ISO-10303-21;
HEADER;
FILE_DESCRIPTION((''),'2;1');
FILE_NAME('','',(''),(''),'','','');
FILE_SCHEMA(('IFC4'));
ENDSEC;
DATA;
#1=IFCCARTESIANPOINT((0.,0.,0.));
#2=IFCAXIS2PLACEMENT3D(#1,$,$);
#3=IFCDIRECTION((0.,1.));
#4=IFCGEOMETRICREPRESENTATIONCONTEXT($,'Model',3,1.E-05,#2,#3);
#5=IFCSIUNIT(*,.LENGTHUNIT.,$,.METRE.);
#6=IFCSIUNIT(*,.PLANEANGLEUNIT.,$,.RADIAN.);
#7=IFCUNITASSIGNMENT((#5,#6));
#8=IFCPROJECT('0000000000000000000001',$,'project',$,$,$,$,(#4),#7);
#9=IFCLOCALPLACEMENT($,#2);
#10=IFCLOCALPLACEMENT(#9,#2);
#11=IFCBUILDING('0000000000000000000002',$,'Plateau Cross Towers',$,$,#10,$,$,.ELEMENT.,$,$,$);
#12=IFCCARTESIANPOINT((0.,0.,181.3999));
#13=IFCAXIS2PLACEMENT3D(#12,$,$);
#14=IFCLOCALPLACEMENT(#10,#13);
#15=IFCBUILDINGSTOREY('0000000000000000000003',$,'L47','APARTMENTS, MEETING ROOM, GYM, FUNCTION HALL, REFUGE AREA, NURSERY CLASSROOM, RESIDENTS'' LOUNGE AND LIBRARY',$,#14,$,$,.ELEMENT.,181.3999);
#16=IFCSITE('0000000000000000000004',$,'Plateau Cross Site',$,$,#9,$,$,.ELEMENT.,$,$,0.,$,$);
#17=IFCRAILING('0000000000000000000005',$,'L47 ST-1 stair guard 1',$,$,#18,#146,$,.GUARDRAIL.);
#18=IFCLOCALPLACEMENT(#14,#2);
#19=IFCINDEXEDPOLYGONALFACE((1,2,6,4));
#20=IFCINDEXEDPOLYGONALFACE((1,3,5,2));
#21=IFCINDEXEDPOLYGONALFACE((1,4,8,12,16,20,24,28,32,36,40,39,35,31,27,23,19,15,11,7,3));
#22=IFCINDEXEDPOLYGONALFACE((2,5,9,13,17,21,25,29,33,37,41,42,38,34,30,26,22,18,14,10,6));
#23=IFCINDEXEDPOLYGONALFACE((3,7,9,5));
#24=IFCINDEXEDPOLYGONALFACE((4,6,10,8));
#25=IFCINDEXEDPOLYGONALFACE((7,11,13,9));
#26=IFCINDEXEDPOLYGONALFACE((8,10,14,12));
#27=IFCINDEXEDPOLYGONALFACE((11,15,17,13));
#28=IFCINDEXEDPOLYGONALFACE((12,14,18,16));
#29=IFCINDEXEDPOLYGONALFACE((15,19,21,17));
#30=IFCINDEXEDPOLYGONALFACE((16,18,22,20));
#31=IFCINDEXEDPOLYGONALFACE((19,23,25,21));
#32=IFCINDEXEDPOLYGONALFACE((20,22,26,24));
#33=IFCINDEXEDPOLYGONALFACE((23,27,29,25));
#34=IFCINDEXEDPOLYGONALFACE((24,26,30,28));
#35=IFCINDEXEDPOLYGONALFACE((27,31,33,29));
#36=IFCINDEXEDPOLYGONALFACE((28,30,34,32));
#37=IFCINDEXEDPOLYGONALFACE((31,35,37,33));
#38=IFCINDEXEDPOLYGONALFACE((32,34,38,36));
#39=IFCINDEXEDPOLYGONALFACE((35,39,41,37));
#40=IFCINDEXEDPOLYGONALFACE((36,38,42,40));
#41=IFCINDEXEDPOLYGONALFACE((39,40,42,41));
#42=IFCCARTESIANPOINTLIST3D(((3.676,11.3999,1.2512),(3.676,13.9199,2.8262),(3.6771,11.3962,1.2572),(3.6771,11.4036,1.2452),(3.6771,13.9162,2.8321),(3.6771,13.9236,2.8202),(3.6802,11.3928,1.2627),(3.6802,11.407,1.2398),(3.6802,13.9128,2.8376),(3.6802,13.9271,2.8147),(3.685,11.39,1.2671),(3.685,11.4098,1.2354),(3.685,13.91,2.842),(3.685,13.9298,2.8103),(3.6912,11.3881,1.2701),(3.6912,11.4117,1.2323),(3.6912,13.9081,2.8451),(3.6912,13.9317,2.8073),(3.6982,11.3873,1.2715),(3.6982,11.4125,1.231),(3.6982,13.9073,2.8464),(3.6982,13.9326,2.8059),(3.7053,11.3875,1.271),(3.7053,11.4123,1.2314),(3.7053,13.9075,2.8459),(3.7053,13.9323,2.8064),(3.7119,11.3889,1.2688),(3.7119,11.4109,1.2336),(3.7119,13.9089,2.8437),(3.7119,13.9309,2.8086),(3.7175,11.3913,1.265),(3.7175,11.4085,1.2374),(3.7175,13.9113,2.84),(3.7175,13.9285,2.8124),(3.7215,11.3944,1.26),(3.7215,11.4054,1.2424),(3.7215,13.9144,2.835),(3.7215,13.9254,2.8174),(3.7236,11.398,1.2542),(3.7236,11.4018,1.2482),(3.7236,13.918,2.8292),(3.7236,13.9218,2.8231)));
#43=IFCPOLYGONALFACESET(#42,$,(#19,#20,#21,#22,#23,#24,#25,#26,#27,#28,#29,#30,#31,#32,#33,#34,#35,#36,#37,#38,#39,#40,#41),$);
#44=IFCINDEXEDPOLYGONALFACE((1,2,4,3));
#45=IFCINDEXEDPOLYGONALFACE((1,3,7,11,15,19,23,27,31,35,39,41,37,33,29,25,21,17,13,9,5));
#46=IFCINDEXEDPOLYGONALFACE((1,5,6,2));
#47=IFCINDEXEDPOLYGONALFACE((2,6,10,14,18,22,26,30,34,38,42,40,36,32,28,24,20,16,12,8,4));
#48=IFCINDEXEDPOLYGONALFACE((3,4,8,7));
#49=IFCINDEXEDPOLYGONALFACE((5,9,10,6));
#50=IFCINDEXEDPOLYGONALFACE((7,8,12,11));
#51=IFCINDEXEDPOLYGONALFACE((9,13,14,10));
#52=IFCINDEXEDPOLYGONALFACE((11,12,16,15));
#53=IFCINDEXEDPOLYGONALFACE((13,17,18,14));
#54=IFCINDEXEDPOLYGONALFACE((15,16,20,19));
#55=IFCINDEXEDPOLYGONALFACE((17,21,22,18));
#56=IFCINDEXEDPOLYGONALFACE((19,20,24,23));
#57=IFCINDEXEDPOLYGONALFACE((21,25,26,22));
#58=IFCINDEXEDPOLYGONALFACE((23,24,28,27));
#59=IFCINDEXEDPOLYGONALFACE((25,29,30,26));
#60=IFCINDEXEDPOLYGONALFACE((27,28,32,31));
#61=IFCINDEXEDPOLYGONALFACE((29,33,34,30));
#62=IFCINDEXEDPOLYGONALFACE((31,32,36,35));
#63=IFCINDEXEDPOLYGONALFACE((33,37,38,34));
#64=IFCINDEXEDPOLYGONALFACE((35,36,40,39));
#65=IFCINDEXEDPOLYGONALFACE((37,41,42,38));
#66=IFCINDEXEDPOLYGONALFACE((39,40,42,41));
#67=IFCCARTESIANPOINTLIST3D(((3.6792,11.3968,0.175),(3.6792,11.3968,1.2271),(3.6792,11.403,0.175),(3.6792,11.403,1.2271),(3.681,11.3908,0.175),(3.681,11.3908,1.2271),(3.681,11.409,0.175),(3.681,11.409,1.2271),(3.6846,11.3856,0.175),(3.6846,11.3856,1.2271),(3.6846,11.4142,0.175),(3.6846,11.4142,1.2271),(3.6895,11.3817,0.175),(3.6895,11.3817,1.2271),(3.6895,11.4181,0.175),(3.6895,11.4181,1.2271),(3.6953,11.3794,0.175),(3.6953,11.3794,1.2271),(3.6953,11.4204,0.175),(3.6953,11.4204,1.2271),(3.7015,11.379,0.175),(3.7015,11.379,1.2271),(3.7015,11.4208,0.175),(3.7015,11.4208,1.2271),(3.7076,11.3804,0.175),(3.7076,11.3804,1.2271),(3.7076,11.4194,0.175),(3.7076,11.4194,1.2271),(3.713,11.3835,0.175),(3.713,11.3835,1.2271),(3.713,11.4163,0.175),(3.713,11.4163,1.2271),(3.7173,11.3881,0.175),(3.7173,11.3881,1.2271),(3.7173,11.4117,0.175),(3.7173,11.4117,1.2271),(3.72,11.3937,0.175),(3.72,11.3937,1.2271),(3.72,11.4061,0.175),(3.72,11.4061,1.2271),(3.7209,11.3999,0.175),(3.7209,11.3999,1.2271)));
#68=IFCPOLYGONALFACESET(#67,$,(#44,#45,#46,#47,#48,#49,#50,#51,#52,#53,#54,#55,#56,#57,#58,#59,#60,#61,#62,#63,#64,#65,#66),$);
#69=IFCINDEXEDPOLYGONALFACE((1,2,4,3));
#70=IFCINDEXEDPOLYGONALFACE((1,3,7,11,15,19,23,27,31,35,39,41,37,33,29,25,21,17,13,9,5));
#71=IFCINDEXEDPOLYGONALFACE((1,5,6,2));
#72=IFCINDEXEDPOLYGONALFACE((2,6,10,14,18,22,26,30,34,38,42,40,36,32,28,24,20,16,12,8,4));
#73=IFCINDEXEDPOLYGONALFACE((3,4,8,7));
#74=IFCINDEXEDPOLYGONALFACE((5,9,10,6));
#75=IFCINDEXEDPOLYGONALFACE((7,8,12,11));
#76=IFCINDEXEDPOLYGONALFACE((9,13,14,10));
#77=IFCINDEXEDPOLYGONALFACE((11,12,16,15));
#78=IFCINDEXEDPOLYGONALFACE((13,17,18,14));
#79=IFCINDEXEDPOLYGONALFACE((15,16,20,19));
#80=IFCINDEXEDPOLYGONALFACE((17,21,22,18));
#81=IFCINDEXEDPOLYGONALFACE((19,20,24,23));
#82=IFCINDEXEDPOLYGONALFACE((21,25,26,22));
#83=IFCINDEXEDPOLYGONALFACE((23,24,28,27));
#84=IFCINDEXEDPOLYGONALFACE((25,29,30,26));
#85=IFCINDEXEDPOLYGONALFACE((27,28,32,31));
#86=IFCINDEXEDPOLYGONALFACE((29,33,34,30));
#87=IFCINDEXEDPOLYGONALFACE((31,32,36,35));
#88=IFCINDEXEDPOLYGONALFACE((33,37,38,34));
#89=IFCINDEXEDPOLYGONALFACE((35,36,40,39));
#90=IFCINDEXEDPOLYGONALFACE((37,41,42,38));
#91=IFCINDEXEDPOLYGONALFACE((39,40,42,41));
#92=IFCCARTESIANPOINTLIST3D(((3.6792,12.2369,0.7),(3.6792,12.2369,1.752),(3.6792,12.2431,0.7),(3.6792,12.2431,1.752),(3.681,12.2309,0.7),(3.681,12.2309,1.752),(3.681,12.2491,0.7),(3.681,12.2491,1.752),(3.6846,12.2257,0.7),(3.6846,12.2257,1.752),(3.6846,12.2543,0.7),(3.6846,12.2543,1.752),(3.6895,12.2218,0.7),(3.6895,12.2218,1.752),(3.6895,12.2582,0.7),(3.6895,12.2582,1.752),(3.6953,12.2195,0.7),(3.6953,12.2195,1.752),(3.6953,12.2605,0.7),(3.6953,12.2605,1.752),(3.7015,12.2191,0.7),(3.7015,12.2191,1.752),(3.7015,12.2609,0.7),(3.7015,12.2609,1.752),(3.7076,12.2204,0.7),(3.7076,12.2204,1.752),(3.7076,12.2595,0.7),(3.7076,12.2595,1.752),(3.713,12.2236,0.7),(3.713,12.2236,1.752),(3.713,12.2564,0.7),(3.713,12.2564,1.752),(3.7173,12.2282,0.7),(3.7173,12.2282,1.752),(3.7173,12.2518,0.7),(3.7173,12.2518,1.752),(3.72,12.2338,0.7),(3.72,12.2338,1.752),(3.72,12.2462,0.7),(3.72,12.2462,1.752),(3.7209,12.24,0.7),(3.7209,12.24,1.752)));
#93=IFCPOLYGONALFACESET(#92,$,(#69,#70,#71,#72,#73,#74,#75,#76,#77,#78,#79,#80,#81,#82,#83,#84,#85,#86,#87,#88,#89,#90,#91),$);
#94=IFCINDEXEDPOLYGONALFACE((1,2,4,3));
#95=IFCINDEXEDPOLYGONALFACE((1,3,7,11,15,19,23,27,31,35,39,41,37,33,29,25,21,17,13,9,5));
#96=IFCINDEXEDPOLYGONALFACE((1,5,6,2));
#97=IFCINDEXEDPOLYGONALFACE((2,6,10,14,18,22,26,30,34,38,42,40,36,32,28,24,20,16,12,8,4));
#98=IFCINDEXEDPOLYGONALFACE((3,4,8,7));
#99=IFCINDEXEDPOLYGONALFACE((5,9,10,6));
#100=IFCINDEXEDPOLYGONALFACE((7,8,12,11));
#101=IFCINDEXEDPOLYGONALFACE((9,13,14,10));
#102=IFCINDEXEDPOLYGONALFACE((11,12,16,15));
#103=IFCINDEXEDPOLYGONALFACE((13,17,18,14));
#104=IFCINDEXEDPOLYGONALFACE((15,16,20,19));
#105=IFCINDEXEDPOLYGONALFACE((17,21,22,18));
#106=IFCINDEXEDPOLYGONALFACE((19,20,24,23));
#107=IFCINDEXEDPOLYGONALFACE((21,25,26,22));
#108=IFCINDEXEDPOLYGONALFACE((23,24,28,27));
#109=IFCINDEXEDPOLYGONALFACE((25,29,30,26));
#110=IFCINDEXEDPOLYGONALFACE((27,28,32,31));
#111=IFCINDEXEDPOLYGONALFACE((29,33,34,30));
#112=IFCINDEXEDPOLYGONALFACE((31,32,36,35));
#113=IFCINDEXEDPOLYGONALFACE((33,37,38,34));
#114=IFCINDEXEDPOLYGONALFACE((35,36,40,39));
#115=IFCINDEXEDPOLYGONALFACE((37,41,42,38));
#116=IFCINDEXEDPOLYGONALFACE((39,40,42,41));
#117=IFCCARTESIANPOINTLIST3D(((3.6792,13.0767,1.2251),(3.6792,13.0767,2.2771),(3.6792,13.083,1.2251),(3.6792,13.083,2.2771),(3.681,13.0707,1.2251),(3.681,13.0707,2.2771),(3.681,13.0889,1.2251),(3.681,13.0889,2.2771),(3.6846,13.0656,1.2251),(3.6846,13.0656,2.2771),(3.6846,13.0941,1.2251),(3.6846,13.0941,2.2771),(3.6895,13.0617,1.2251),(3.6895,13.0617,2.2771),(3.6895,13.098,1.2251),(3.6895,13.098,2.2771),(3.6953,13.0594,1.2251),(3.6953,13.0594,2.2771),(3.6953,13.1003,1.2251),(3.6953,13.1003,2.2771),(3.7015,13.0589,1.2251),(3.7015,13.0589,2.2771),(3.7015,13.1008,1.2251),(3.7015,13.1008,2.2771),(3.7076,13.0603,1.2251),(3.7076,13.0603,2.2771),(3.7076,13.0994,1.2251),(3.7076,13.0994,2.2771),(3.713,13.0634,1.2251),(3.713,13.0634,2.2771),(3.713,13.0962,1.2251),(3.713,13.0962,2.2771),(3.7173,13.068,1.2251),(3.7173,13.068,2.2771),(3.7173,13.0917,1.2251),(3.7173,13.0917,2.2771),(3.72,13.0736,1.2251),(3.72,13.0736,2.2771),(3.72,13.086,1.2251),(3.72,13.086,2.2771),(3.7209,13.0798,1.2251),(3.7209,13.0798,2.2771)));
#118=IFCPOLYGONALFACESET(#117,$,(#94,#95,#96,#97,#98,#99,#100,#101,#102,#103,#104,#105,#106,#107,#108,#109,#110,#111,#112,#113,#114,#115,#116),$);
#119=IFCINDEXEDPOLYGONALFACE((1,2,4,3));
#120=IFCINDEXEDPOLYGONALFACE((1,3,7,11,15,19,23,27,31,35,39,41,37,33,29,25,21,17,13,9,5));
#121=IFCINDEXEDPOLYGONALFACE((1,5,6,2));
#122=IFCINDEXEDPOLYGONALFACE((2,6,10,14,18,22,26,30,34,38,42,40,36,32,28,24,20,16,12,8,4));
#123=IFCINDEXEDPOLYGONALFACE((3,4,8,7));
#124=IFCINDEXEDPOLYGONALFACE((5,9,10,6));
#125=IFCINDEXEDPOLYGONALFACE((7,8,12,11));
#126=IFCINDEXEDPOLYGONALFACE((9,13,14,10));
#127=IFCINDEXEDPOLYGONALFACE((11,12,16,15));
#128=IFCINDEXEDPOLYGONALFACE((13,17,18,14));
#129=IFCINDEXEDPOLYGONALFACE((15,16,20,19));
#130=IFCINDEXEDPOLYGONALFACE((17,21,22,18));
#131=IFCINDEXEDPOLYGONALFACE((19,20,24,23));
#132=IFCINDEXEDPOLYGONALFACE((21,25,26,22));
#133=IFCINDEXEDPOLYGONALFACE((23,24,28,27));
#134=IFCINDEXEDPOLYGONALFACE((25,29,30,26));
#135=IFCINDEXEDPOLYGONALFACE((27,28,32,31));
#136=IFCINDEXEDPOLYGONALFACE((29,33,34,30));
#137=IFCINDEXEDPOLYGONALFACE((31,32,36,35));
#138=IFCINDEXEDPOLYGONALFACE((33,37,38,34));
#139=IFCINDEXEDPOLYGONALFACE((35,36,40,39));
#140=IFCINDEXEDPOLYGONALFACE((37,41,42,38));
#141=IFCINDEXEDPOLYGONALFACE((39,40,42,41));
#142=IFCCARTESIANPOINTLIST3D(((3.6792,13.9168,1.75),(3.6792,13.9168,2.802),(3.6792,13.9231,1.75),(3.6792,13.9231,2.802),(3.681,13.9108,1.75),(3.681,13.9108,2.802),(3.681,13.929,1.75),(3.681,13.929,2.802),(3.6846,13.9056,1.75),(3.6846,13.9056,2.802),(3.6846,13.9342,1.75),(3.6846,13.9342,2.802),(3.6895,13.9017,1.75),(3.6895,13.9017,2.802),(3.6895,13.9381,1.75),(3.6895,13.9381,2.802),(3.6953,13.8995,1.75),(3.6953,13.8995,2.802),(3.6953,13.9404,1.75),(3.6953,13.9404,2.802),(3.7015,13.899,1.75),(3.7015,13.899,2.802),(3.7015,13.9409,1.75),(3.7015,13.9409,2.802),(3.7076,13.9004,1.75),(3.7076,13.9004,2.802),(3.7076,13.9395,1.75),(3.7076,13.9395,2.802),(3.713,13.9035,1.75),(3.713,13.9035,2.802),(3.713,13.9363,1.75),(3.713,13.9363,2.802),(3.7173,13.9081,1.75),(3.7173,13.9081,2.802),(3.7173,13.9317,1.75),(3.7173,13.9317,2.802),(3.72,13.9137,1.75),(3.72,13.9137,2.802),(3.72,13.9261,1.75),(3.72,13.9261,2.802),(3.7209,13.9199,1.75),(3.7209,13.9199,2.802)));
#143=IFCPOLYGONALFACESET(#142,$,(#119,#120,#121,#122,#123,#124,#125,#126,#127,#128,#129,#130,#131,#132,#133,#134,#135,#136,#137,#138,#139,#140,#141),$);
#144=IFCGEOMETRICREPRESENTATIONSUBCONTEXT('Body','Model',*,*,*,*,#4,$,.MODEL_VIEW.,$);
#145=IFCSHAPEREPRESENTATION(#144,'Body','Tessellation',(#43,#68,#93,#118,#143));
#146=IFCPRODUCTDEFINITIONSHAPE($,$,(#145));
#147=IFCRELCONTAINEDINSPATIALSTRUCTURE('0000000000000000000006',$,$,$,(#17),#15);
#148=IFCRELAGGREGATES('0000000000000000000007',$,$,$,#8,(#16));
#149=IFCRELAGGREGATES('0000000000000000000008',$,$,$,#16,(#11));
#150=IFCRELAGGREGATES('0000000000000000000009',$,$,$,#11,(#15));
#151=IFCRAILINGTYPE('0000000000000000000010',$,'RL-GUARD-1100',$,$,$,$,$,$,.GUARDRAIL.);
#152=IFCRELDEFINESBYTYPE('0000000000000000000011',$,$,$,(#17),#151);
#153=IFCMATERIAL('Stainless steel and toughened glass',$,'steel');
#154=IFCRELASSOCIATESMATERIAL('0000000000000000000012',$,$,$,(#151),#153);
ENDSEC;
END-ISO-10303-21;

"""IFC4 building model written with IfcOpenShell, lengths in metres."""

from ifc_helpers import new_model, si_unit, direction, frame, origin, origin_2d, place, context, subcontext, project, spatial, circle, extrude, material, type_object, element, save


model = new_model("IFC4")

# Units and contexts
model_context = context("Model", 3, precision=1e-05, world=origin(), true_north=direction((0.0, 1.0)))
body_context = subcontext(model_context, "Body", "Model", "MODEL_VIEW")
ifc_project = project(units=[si_unit("LENGTHUNIT", "METRE"), si_unit("PLANEANGLEUNIT", "RADIAN")], contexts=[model_context])

# Site, building, storey
site_placement = place(None, origin())
site = spatial("IfcSite", under=ifc_project, at=site_placement, Name="Plateau Cross Site", CompositionType="ELEMENT", RefElevation=0.0)
building_placement = place(site_placement, origin())
building = spatial("IfcBuilding", under=site, at=building_placement, Name="Plateau Cross Towers", CompositionType="ELEMENT")
storey_placement = place(building_placement, frame((0.0, 0.0, 181.3999)))
storey = spatial("IfcBuildingStorey", under=building, at=storey_placement, Name="L47", Description="APARTMENTS, MEETING ROOM, GYM, FUNCTION HALL, REFUGE AREA, NURSERY CLASSROOM, RESIDENTS' LOUNGE AND LIBRARY", CompositionType="ELEMENT", Elevation=181.3999)

# Railing
ifc_material_1 = material(Name="Stainless steel and toughened glass", Category="steel")
railing_type_1 = type_object("IfcRailingType", Name="RL-GUARD-1100", PredefinedType="GUARDRAIL", material=ifc_material_1)
railing_1_placement = place(storey_placement, frame((3.7, 11.3999, 0.175)))
element("IfcRailing", 1, at=railing_1_placement, inside=storey, type_object=railing_type_1, Name="L47 ST-1 stair guard 1", PredefinedType="GUARDRAIL", context=body_context, shape_type="SweptSolid", body=[
    extrude(circle(Radius=0.0239, at=origin_2d()), frame((0.0, 0.0, 1.0762), z_axis=(0.0, 0.848008, 0.529984), x_axis=(-1.0, 0.0, 0.0)), (0.0, 0.0, 1.0), 2.9717),
    extrude(circle(Radius=0.021, at=origin_2d()), origin(), (0.0, 0.0, 1.0), 1.052),
    extrude(circle(Radius=0.021, at=origin_2d()), frame((0.0, 0.8401, 0.5249)), (0.0, 0.0, 1.0), 1.052),
    extrude(circle(Radius=0.021, at=origin_2d()), frame((0.0, 1.6799, 1.05)), (0.0, 0.0, 1.0), 1.052),
    extrude(circle(Radius=0.021, at=origin_2d()), frame((0.0, 2.52, 1.575)), (0.0, 0.0, 1.0), 1.052),
])

save(model, "model.ifc")
